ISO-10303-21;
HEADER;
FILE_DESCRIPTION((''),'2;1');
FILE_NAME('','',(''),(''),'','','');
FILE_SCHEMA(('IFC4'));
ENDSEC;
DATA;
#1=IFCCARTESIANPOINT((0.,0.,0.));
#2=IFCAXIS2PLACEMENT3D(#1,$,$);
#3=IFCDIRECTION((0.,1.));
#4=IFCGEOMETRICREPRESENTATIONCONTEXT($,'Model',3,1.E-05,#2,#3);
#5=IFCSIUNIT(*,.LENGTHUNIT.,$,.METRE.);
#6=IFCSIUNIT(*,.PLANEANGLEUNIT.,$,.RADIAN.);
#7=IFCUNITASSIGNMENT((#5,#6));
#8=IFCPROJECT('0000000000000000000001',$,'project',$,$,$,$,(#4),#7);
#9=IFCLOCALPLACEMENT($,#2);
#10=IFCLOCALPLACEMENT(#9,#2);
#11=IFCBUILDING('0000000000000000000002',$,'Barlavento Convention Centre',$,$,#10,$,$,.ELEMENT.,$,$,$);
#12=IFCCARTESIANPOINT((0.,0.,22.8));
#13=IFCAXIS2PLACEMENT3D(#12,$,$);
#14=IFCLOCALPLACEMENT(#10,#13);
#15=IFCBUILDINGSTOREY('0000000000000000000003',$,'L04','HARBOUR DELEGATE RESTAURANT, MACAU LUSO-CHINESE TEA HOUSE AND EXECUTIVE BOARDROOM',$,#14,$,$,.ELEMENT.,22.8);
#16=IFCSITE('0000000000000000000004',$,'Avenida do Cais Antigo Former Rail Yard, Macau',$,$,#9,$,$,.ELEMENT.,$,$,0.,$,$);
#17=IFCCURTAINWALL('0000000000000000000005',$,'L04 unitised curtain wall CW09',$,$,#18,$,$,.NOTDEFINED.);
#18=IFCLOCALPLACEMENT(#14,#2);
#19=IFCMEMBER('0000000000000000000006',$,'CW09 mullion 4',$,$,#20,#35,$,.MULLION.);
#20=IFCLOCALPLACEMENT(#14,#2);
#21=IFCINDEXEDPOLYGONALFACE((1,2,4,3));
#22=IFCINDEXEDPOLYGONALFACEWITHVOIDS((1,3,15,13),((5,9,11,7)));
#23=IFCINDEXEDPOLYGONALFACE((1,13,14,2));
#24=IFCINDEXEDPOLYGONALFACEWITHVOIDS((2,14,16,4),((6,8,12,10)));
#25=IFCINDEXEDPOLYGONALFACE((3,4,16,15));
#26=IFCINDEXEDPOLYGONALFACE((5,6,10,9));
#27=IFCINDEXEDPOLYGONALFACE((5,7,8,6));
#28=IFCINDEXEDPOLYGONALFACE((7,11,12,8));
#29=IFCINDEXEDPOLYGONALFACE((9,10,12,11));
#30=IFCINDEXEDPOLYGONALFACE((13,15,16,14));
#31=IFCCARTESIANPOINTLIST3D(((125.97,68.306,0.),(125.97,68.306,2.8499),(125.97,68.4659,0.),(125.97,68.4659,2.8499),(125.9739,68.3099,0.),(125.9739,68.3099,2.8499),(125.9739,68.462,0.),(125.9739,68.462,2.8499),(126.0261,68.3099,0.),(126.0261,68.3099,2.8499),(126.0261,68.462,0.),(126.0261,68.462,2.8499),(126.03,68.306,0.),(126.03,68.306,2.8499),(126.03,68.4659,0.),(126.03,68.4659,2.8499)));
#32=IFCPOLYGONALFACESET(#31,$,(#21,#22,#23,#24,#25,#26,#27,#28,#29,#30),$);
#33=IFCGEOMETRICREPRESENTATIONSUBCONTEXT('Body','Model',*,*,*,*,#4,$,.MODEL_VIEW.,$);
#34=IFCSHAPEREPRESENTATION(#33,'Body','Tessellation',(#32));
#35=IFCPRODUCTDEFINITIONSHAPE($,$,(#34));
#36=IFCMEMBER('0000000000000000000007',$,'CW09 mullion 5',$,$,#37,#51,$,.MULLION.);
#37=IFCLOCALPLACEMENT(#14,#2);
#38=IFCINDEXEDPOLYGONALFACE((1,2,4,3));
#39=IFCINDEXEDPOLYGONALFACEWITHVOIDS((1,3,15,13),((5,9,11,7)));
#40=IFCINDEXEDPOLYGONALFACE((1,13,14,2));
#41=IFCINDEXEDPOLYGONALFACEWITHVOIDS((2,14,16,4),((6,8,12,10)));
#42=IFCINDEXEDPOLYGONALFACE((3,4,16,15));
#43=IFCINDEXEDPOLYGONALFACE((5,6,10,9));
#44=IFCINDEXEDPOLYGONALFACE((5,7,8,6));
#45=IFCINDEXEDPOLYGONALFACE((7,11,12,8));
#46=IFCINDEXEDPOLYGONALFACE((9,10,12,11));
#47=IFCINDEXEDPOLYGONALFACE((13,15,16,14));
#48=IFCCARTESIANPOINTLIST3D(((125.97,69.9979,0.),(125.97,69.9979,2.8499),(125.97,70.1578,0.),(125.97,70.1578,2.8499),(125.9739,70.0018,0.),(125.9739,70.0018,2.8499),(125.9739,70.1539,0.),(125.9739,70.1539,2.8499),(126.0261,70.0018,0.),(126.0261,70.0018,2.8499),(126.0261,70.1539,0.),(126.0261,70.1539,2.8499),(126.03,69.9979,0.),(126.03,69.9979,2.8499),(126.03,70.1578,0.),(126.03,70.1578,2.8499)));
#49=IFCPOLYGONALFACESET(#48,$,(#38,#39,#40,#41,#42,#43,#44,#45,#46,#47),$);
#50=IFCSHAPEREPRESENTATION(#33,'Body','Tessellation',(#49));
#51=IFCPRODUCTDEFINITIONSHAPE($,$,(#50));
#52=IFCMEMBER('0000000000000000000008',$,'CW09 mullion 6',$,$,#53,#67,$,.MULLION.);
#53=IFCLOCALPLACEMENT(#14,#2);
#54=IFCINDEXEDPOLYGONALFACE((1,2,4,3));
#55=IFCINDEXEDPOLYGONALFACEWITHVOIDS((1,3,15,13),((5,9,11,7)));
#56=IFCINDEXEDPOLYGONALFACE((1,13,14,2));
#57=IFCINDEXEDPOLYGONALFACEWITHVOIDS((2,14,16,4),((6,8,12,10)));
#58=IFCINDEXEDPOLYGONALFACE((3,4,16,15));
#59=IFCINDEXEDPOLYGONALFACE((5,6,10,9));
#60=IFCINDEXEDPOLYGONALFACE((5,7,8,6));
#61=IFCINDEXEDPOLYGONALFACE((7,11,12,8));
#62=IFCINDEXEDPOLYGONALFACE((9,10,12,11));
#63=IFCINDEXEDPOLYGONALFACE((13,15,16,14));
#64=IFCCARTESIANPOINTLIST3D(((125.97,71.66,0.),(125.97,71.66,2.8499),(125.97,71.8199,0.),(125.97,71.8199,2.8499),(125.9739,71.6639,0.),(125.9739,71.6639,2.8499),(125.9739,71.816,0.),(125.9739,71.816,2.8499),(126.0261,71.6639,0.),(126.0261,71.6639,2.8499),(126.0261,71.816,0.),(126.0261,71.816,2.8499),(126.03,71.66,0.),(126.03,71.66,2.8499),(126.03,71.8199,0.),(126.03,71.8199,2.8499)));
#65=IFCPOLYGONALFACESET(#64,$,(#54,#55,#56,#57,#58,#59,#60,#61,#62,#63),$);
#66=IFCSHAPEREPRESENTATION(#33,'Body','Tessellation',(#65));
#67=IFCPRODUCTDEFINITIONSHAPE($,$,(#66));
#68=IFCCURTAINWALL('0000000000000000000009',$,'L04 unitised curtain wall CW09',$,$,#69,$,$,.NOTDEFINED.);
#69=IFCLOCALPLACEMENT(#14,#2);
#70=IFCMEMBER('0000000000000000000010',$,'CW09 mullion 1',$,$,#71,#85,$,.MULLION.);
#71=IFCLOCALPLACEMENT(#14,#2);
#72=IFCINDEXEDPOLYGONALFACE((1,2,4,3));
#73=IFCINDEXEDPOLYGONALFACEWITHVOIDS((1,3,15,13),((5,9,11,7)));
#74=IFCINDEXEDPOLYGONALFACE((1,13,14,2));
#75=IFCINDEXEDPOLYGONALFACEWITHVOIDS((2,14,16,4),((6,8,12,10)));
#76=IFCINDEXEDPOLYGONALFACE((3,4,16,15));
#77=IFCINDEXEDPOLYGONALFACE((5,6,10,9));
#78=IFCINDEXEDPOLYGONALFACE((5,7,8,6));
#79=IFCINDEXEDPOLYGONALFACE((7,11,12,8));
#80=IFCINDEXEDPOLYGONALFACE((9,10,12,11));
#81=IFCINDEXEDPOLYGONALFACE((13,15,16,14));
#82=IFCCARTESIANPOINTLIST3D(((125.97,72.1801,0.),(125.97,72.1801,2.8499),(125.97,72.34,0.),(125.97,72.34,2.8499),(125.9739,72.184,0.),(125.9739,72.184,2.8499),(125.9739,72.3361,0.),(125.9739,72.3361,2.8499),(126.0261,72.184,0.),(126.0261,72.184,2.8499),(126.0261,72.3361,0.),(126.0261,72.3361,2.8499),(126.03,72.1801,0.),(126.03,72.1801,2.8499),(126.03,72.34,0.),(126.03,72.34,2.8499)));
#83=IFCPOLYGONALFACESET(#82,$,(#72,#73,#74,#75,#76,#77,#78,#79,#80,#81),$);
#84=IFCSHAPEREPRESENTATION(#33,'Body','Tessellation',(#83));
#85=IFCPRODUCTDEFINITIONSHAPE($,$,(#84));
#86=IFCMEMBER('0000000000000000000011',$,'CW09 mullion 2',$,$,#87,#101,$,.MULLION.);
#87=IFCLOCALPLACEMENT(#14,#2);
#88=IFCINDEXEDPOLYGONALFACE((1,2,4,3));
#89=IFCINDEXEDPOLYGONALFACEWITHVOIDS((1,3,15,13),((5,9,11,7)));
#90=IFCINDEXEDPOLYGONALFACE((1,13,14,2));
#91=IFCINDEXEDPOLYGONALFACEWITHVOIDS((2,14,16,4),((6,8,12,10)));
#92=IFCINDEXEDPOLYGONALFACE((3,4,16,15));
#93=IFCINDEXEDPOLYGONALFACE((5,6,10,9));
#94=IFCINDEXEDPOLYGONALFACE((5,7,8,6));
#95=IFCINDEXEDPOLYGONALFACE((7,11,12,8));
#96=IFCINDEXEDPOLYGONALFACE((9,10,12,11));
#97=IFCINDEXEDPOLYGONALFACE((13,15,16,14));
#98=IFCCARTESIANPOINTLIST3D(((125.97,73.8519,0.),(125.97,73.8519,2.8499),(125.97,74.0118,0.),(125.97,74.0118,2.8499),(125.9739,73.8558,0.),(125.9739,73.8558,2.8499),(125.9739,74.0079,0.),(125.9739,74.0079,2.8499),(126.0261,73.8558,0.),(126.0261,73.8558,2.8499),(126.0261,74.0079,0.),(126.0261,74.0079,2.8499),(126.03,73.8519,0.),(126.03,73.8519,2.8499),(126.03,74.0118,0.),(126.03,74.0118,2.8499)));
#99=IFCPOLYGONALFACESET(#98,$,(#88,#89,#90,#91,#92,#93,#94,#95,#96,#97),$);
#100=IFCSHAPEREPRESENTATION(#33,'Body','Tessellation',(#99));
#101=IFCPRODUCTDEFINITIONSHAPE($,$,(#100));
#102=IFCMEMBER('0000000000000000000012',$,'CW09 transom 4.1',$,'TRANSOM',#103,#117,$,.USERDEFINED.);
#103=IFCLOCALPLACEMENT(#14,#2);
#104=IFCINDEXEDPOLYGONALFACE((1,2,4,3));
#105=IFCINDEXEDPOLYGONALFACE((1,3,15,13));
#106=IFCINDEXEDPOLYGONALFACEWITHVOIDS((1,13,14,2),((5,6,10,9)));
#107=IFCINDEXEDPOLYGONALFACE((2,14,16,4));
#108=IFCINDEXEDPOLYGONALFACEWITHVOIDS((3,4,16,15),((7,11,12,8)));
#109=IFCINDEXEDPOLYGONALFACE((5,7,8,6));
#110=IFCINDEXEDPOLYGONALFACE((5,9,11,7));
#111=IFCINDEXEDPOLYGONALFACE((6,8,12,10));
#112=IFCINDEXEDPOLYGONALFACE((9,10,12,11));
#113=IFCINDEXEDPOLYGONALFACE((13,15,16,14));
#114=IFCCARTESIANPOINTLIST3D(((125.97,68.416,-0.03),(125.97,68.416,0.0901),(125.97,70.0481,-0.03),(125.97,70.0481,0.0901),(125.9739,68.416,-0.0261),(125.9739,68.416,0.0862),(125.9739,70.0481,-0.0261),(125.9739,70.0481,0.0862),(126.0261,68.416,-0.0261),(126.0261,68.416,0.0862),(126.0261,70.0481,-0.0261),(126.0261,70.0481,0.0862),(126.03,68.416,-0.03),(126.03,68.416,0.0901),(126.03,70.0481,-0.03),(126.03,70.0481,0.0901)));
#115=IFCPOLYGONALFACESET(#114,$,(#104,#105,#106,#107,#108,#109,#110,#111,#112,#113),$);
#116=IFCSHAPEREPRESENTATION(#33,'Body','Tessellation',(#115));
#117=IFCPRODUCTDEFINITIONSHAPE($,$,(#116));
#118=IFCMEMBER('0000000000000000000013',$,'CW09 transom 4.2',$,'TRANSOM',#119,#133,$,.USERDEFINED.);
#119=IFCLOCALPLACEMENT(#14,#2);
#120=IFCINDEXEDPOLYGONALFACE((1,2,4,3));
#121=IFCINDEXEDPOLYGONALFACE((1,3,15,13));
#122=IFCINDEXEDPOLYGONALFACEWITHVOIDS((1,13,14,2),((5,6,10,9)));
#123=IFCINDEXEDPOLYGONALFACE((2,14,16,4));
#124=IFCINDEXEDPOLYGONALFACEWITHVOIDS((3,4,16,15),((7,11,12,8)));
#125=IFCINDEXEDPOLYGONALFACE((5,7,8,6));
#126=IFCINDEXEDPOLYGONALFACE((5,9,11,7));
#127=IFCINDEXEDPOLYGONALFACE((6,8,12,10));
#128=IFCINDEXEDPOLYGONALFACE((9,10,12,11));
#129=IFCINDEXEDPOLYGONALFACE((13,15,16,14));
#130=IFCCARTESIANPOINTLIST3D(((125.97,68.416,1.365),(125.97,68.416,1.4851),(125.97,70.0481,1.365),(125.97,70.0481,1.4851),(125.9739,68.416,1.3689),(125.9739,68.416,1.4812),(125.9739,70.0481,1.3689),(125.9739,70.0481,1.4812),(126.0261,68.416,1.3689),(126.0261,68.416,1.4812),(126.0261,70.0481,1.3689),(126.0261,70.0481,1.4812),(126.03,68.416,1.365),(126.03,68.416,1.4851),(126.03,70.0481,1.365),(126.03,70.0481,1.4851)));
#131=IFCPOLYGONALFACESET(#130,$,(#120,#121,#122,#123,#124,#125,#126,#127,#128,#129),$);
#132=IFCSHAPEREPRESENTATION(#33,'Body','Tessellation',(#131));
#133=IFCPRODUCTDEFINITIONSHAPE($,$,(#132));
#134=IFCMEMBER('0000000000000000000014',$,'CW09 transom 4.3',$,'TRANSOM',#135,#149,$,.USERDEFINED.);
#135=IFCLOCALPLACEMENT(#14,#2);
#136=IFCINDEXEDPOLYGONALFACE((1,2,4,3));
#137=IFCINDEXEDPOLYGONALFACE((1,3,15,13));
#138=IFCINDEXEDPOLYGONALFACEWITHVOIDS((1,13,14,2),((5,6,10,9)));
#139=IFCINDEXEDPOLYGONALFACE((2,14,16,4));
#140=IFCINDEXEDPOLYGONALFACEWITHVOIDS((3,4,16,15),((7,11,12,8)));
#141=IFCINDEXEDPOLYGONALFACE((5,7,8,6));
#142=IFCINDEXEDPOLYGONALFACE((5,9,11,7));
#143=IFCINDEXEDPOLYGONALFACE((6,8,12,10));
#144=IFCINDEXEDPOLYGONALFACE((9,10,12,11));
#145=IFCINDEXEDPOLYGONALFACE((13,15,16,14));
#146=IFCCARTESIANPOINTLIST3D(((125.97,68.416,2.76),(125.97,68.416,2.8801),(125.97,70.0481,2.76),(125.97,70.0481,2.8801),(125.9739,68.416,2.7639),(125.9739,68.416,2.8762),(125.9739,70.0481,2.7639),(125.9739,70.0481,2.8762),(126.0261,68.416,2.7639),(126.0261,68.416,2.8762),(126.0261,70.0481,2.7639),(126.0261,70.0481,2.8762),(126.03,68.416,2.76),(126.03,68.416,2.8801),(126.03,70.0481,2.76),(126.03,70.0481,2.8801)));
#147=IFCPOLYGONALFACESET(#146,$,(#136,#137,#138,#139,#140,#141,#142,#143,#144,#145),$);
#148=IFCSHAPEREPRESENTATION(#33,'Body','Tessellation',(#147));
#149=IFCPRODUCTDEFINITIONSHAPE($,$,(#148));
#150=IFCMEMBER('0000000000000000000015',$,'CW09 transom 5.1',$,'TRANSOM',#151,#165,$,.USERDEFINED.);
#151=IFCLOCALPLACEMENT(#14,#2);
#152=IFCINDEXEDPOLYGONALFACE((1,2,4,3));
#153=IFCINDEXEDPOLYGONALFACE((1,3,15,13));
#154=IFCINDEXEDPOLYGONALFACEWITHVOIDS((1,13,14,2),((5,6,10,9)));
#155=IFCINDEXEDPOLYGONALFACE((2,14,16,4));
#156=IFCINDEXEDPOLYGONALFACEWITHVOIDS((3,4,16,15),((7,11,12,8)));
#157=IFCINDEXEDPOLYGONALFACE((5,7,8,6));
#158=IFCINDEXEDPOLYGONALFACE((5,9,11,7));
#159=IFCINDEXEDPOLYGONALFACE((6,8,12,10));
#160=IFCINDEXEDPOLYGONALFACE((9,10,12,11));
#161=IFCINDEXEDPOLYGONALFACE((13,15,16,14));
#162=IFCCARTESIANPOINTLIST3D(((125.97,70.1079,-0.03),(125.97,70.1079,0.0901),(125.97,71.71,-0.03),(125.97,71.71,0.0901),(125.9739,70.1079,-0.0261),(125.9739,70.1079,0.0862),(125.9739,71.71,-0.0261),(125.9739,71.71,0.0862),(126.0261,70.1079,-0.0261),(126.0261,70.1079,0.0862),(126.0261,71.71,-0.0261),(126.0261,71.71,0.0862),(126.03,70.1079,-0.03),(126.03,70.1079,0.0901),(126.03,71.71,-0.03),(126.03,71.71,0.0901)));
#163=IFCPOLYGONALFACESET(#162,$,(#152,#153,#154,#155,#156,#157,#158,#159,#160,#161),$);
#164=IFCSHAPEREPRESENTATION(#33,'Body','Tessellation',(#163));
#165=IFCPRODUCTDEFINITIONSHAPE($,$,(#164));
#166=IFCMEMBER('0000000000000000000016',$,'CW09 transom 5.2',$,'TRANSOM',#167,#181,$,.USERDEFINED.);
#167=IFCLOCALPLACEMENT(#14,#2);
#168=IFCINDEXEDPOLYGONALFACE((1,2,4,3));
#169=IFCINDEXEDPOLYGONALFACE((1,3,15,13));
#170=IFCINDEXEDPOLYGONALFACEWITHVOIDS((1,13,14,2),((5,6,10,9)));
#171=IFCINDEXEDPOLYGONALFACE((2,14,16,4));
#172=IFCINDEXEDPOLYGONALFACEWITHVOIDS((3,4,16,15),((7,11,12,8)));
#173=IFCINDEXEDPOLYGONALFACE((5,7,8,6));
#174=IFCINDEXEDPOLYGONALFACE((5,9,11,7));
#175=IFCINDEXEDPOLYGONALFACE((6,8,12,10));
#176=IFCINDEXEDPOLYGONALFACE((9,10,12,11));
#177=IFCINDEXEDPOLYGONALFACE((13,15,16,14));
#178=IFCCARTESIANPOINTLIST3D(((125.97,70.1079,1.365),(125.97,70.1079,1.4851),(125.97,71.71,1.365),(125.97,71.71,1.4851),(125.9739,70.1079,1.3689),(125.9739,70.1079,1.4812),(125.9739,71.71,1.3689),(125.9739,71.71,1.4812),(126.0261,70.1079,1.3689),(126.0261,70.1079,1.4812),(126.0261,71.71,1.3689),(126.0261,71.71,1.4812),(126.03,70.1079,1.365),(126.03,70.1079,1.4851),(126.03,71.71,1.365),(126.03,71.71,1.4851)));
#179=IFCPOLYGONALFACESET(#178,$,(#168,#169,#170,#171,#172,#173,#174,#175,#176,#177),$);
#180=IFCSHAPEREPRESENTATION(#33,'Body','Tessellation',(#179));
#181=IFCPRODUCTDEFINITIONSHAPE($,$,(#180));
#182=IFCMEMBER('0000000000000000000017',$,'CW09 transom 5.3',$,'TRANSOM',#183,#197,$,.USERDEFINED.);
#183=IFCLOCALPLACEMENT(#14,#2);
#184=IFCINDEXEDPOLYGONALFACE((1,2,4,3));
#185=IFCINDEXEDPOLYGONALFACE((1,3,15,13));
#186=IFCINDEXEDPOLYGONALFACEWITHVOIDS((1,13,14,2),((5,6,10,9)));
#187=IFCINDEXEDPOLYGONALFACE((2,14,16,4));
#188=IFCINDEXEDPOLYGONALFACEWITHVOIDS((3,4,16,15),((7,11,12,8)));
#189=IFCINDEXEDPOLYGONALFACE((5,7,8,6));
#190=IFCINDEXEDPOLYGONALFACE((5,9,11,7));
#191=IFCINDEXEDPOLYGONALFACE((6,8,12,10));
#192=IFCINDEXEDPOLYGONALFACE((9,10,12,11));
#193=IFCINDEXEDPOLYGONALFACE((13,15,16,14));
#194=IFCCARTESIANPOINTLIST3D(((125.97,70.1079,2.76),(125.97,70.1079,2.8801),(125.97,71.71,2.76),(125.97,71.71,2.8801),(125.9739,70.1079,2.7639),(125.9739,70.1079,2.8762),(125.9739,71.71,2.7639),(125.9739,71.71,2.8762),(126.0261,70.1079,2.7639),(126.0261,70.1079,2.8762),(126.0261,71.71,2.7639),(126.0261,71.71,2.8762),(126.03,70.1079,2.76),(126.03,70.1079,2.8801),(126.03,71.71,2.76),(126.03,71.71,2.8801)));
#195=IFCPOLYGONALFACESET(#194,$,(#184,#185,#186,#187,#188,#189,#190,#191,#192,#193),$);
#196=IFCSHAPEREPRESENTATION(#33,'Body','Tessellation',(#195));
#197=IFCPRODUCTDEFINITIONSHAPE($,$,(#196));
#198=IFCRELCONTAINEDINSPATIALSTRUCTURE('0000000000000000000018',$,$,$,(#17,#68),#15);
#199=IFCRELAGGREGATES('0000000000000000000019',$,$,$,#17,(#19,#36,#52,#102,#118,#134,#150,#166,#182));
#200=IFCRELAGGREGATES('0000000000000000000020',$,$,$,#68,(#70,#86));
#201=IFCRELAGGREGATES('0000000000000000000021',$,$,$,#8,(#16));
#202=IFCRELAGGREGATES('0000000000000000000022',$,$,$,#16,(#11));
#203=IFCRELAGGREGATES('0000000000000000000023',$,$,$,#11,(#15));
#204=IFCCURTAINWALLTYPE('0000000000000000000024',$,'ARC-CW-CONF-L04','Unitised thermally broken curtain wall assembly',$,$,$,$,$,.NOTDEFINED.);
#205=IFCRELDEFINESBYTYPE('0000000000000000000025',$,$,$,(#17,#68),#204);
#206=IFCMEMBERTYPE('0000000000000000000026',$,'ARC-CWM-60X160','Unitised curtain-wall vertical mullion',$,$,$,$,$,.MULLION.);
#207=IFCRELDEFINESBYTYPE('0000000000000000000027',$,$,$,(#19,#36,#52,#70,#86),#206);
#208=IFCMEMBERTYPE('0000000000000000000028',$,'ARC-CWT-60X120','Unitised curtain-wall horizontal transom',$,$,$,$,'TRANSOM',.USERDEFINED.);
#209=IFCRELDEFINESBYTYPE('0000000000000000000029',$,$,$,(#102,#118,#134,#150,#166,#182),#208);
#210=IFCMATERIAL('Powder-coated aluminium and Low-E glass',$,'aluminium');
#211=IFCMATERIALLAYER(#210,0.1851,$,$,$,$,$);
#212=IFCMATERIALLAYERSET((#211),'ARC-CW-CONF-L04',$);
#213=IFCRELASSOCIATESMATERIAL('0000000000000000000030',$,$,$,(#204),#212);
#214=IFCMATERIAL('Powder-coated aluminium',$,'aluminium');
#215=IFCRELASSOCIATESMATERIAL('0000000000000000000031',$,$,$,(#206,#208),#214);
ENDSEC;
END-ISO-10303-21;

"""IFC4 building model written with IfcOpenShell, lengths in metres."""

from ifc_helpers import new_model, si_unit, direction, frame, origin, origin_2d, place, context, subcontext, project, spatial, hollow_rectangle, extrude, material, layer, layer_set, material_profile, profile_set, type_object, element, aggregate, save


model = new_model("IFC4")

# Units and contexts
model_context = context("Model", 3, precision=1e-05, world=origin(), true_north=direction((0.0, 1.0)))
body_context = subcontext(model_context, "Body", "Model", "MODEL_VIEW")
ifc_project = project(units=[si_unit("LENGTHUNIT", "METRE"), si_unit("PLANEANGLEUNIT", "RADIAN")], contexts=[model_context])

# Site, building, storey
site_placement = place(None, origin())
site = spatial("IfcSite", under=ifc_project, at=site_placement, Name="Avenida do Cais Antigo Former Rail Yard, Macau", CompositionType="ELEMENT", RefElevation=0.0)
building_placement = place(site_placement, origin())
building = spatial("IfcBuilding", under=site, at=building_placement, Name="Barlavento Convention Centre", CompositionType="ELEMENT")
storey_placement = place(building_placement, frame((0.0, 0.0, 22.8)))
storey = spatial("IfcBuildingStorey", under=building, at=storey_placement, Name="L04", Description="HARBOUR DELEGATE RESTAURANT, MACAU LUSO-CHINESE TEA HOUSE AND EXECUTIVE BOARDROOM", CompositionType="ELEMENT", Elevation=22.8)

# Curtain walls, members
ifc_material_1 = material(Name="Powder-coated aluminium and Low-E glass", Category="aluminium")
ifc_layer_1 = layer(ifc_material_1, 0.1851)
ifc_layer_set_1 = layer_set([ifc_layer_1], Name="ARC-CW-CONF-L04")
curtain_wall_type = type_object("IfcCurtainWallType", Name="ARC-CW-CONF-L04", Description="Unitised thermally broken curtain wall assembly", PredefinedType="NOTDEFINED", material=ifc_layer_set_1)
curtain_wall_1_placement = place(storey_placement, origin())
curtain_wall_1 = element("IfcCurtainWall", 1, at=curtain_wall_1_placement, inside=storey, type_object=curtain_wall_type, Name="L04 unitised curtain wall CW09", PredefinedType="NOTDEFINED")
ifc_material_2 = material(Name="Powder-coated aluminium", Category="aluminium")
ifc_material_profile_1 = material_profile(ifc_material_2, hollow_rectangle(XDim=0.0601, YDim=0.1599, WallThickness=0.0039, at=origin_2d()), Name="AL-MULL 60x160x4")
ifc_profile_set_1 = profile_set([ifc_material_profile_1], Name="Powder-coated aluminium")
member_type_1 = type_object("IfcMemberType", Name="ARC-CWM-60X160", Description="Unitised curtain-wall vertical mullion", PredefinedType="MULLION", material=ifc_profile_set_1)
member_1_placement = place(storey_placement, frame((126.0, 68.386, 0.0), z_axis=(0.0, 0.0, 1.0), x_axis=(-1.0, 0.0, 0.0)))
member_1 = element("IfcMember", 2, at=member_1_placement, type_object=member_type_1, Name="CW09 mullion 4", PredefinedType="MULLION", context=body_context, shape_type="SweptSolid", body=[
    extrude(hollow_rectangle(XDim=0.0601, YDim=0.1599, WallThickness=0.0039, at=origin_2d()), origin(), (0.0, 0.0, 1.0), 2.8499),
])
member_2_placement = place(storey_placement, frame((126.0, 70.0779, 0.0), z_axis=(0.0, 0.0, 1.0), x_axis=(-1.0, 0.0, 0.0)))
member_2 = element("IfcMember", 3, at=member_2_placement, type_object=member_type_1, Name="CW09 mullion 5", PredefinedType="MULLION", context=body_context, shape_type="SweptSolid", body=[
    extrude(hollow_rectangle(XDim=0.0601, YDim=0.1599, WallThickness=0.0039, at=origin_2d()), origin(), (0.0, 0.0, 1.0), 2.8499),
])
member_3_placement = place(storey_placement, frame((126.0, 71.74, 0.0), z_axis=(0.0, 0.0, 1.0), x_axis=(-1.0, 0.0, 0.0)))
member_3 = element("IfcMember", 4, at=member_3_placement, type_object=member_type_1, Name="CW09 mullion 6", PredefinedType="MULLION", context=body_context, shape_type="SweptSolid", body=[
    extrude(hollow_rectangle(XDim=0.0601, YDim=0.1599, WallThickness=0.0039, at=origin_2d()), origin(), (0.0, 0.0, 1.0), 2.8499),
])
curtain_wall_2_placement = place(storey_placement, origin())
curtain_wall_2 = element("IfcCurtainWall", 5, at=curtain_wall_2_placement, inside=storey, type_object=curtain_wall_type, Name="L04 unitised curtain wall CW09", PredefinedType="NOTDEFINED")
member_4_placement = place(storey_placement, frame((126.0, 72.26, 0.0), z_axis=(0.0, 0.0, 1.0), x_axis=(-1.0, 0.0, 0.0)))
member_4 = element("IfcMember", 6, at=member_4_placement, type_object=member_type_1, Name="CW09 mullion 1", PredefinedType="MULLION", context=body_context, shape_type="SweptSolid", body=[
    extrude(hollow_rectangle(XDim=0.0601, YDim=0.1599, WallThickness=0.0039, at=origin_2d()), origin(), (0.0, 0.0, 1.0), 2.8499),
])
member_5_placement = place(storey_placement, frame((126.0, 73.9319, 0.0), z_axis=(0.0, 0.0, 1.0), x_axis=(-1.0, 0.0, 0.0)))
member_5 = element("IfcMember", 7, at=member_5_placement, type_object=member_type_1, Name="CW09 mullion 2", PredefinedType="MULLION", context=body_context, shape_type="SweptSolid", body=[
    extrude(hollow_rectangle(XDim=0.0601, YDim=0.1599, WallThickness=0.0039, at=origin_2d()), origin(), (0.0, 0.0, 1.0), 2.8499),
])

# Members
ifc_material_profile_2 = material_profile(ifc_material_2, hollow_rectangle(XDim=0.0601, YDim=0.1201, WallThickness=0.0039, at=origin_2d()), Name="AL-TRAN 60x120x4")
ifc_profile_set_2 = profile_set([ifc_material_profile_2], Name="Powder-coated aluminium")
member_type_2 = type_object("IfcMemberType", Name="ARC-CWT-60X120", Description="Unitised curtain-wall horizontal transom", ElementType="TRANSOM", PredefinedType="USERDEFINED", material=ifc_profile_set_2)
member_6_placement = place(storey_placement, frame((126.0, 68.416, 0.03), z_axis=(0.0, 1.0, 0.0), x_axis=(-1.0, 0.0, 0.0)))
member_6 = element("IfcMember", 8, at=member_6_placement, type_object=member_type_2, Name="CW09 transom 4.1", ObjectType="TRANSOM", PredefinedType="USERDEFINED", context=body_context, shape_type="SweptSolid", body=[
    extrude(hollow_rectangle(XDim=0.0601, YDim=0.1201, WallThickness=0.0039, at=origin_2d()), origin(), (0.0, 0.0, 1.0), 1.6321),
])
member_7_placement = place(storey_placement, frame((126.0, 68.416, 1.425), z_axis=(0.0, 1.0, 0.0), x_axis=(-1.0, 0.0, 0.0)))
member_7 = element("IfcMember", 9, at=member_7_placement, type_object=member_type_2, Name="CW09 transom 4.2", ObjectType="TRANSOM", PredefinedType="USERDEFINED", context=body_context, shape_type="SweptSolid", body=[
    extrude(hollow_rectangle(XDim=0.0601, YDim=0.1201, WallThickness=0.0039, at=origin_2d()), origin(), (0.0, 0.0, 1.0), 1.6321),
])
member_8_placement = place(storey_placement, frame((126.0, 68.416, 2.8201), z_axis=(0.0, 1.0, 0.0), x_axis=(-1.0, 0.0, 0.0)))
member_8 = element("IfcMember", 10, at=member_8_placement, type_object=member_type_2, Name="CW09 transom 4.3", ObjectType="TRANSOM", PredefinedType="USERDEFINED", context=body_context, shape_type="SweptSolid", body=[
    extrude(hollow_rectangle(XDim=0.0601, YDim=0.1201, WallThickness=0.0039, at=origin_2d()), origin(), (0.0, 0.0, 1.0), 1.6321),
])
member_9_placement = place(storey_placement, frame((126.0, 70.1079, 0.03), z_axis=(0.0, 1.0, 0.0), x_axis=(-1.0, 0.0, 0.0)))
member_9 = element("IfcMember", 11, at=member_9_placement, type_object=member_type_2, Name="CW09 transom 5.1", ObjectType="TRANSOM", PredefinedType="USERDEFINED", context=body_context, shape_type="SweptSolid", body=[
    extrude(hollow_rectangle(XDim=0.0601, YDim=0.1201, WallThickness=0.0039, at=origin_2d()), origin(), (0.0, 0.0, 1.0), 1.6021),
])
member_10_placement = place(storey_placement, frame((126.0, 70.1079, 1.425), z_axis=(0.0, 1.0, 0.0), x_axis=(-1.0, 0.0, 0.0)))
member_10 = element("IfcMember", 12, at=member_10_placement, type_object=member_type_2, Name="CW09 transom 5.2", ObjectType="TRANSOM", PredefinedType="USERDEFINED", context=body_context, shape_type="SweptSolid", body=[
    extrude(hollow_rectangle(XDim=0.0601, YDim=0.1201, WallThickness=0.0039, at=origin_2d()), origin(), (0.0, 0.0, 1.0), 1.6021),
])
member_11_placement = place(storey_placement, frame((126.0, 70.1079, 2.8201), z_axis=(0.0, 1.0, 0.0), x_axis=(-1.0, 0.0, 0.0)))
member_11 = element("IfcMember", 13, at=member_11_placement, type_object=member_type_2, Name="CW09 transom 5.3", ObjectType="TRANSOM", PredefinedType="USERDEFINED", context=body_context, shape_type="SweptSolid", body=[
    extrude(hollow_rectangle(XDim=0.0601, YDim=0.1201, WallThickness=0.0039, at=origin_2d()), origin(), (0.0, 0.0, 1.0), 1.6021),
])

aggregate(curtain_wall_1, [member_1, member_2, member_3, member_6, member_7, member_8, member_9, member_10, member_11])
aggregate(curtain_wall_2, [member_4, member_5])

save(model, "model.ifc")
